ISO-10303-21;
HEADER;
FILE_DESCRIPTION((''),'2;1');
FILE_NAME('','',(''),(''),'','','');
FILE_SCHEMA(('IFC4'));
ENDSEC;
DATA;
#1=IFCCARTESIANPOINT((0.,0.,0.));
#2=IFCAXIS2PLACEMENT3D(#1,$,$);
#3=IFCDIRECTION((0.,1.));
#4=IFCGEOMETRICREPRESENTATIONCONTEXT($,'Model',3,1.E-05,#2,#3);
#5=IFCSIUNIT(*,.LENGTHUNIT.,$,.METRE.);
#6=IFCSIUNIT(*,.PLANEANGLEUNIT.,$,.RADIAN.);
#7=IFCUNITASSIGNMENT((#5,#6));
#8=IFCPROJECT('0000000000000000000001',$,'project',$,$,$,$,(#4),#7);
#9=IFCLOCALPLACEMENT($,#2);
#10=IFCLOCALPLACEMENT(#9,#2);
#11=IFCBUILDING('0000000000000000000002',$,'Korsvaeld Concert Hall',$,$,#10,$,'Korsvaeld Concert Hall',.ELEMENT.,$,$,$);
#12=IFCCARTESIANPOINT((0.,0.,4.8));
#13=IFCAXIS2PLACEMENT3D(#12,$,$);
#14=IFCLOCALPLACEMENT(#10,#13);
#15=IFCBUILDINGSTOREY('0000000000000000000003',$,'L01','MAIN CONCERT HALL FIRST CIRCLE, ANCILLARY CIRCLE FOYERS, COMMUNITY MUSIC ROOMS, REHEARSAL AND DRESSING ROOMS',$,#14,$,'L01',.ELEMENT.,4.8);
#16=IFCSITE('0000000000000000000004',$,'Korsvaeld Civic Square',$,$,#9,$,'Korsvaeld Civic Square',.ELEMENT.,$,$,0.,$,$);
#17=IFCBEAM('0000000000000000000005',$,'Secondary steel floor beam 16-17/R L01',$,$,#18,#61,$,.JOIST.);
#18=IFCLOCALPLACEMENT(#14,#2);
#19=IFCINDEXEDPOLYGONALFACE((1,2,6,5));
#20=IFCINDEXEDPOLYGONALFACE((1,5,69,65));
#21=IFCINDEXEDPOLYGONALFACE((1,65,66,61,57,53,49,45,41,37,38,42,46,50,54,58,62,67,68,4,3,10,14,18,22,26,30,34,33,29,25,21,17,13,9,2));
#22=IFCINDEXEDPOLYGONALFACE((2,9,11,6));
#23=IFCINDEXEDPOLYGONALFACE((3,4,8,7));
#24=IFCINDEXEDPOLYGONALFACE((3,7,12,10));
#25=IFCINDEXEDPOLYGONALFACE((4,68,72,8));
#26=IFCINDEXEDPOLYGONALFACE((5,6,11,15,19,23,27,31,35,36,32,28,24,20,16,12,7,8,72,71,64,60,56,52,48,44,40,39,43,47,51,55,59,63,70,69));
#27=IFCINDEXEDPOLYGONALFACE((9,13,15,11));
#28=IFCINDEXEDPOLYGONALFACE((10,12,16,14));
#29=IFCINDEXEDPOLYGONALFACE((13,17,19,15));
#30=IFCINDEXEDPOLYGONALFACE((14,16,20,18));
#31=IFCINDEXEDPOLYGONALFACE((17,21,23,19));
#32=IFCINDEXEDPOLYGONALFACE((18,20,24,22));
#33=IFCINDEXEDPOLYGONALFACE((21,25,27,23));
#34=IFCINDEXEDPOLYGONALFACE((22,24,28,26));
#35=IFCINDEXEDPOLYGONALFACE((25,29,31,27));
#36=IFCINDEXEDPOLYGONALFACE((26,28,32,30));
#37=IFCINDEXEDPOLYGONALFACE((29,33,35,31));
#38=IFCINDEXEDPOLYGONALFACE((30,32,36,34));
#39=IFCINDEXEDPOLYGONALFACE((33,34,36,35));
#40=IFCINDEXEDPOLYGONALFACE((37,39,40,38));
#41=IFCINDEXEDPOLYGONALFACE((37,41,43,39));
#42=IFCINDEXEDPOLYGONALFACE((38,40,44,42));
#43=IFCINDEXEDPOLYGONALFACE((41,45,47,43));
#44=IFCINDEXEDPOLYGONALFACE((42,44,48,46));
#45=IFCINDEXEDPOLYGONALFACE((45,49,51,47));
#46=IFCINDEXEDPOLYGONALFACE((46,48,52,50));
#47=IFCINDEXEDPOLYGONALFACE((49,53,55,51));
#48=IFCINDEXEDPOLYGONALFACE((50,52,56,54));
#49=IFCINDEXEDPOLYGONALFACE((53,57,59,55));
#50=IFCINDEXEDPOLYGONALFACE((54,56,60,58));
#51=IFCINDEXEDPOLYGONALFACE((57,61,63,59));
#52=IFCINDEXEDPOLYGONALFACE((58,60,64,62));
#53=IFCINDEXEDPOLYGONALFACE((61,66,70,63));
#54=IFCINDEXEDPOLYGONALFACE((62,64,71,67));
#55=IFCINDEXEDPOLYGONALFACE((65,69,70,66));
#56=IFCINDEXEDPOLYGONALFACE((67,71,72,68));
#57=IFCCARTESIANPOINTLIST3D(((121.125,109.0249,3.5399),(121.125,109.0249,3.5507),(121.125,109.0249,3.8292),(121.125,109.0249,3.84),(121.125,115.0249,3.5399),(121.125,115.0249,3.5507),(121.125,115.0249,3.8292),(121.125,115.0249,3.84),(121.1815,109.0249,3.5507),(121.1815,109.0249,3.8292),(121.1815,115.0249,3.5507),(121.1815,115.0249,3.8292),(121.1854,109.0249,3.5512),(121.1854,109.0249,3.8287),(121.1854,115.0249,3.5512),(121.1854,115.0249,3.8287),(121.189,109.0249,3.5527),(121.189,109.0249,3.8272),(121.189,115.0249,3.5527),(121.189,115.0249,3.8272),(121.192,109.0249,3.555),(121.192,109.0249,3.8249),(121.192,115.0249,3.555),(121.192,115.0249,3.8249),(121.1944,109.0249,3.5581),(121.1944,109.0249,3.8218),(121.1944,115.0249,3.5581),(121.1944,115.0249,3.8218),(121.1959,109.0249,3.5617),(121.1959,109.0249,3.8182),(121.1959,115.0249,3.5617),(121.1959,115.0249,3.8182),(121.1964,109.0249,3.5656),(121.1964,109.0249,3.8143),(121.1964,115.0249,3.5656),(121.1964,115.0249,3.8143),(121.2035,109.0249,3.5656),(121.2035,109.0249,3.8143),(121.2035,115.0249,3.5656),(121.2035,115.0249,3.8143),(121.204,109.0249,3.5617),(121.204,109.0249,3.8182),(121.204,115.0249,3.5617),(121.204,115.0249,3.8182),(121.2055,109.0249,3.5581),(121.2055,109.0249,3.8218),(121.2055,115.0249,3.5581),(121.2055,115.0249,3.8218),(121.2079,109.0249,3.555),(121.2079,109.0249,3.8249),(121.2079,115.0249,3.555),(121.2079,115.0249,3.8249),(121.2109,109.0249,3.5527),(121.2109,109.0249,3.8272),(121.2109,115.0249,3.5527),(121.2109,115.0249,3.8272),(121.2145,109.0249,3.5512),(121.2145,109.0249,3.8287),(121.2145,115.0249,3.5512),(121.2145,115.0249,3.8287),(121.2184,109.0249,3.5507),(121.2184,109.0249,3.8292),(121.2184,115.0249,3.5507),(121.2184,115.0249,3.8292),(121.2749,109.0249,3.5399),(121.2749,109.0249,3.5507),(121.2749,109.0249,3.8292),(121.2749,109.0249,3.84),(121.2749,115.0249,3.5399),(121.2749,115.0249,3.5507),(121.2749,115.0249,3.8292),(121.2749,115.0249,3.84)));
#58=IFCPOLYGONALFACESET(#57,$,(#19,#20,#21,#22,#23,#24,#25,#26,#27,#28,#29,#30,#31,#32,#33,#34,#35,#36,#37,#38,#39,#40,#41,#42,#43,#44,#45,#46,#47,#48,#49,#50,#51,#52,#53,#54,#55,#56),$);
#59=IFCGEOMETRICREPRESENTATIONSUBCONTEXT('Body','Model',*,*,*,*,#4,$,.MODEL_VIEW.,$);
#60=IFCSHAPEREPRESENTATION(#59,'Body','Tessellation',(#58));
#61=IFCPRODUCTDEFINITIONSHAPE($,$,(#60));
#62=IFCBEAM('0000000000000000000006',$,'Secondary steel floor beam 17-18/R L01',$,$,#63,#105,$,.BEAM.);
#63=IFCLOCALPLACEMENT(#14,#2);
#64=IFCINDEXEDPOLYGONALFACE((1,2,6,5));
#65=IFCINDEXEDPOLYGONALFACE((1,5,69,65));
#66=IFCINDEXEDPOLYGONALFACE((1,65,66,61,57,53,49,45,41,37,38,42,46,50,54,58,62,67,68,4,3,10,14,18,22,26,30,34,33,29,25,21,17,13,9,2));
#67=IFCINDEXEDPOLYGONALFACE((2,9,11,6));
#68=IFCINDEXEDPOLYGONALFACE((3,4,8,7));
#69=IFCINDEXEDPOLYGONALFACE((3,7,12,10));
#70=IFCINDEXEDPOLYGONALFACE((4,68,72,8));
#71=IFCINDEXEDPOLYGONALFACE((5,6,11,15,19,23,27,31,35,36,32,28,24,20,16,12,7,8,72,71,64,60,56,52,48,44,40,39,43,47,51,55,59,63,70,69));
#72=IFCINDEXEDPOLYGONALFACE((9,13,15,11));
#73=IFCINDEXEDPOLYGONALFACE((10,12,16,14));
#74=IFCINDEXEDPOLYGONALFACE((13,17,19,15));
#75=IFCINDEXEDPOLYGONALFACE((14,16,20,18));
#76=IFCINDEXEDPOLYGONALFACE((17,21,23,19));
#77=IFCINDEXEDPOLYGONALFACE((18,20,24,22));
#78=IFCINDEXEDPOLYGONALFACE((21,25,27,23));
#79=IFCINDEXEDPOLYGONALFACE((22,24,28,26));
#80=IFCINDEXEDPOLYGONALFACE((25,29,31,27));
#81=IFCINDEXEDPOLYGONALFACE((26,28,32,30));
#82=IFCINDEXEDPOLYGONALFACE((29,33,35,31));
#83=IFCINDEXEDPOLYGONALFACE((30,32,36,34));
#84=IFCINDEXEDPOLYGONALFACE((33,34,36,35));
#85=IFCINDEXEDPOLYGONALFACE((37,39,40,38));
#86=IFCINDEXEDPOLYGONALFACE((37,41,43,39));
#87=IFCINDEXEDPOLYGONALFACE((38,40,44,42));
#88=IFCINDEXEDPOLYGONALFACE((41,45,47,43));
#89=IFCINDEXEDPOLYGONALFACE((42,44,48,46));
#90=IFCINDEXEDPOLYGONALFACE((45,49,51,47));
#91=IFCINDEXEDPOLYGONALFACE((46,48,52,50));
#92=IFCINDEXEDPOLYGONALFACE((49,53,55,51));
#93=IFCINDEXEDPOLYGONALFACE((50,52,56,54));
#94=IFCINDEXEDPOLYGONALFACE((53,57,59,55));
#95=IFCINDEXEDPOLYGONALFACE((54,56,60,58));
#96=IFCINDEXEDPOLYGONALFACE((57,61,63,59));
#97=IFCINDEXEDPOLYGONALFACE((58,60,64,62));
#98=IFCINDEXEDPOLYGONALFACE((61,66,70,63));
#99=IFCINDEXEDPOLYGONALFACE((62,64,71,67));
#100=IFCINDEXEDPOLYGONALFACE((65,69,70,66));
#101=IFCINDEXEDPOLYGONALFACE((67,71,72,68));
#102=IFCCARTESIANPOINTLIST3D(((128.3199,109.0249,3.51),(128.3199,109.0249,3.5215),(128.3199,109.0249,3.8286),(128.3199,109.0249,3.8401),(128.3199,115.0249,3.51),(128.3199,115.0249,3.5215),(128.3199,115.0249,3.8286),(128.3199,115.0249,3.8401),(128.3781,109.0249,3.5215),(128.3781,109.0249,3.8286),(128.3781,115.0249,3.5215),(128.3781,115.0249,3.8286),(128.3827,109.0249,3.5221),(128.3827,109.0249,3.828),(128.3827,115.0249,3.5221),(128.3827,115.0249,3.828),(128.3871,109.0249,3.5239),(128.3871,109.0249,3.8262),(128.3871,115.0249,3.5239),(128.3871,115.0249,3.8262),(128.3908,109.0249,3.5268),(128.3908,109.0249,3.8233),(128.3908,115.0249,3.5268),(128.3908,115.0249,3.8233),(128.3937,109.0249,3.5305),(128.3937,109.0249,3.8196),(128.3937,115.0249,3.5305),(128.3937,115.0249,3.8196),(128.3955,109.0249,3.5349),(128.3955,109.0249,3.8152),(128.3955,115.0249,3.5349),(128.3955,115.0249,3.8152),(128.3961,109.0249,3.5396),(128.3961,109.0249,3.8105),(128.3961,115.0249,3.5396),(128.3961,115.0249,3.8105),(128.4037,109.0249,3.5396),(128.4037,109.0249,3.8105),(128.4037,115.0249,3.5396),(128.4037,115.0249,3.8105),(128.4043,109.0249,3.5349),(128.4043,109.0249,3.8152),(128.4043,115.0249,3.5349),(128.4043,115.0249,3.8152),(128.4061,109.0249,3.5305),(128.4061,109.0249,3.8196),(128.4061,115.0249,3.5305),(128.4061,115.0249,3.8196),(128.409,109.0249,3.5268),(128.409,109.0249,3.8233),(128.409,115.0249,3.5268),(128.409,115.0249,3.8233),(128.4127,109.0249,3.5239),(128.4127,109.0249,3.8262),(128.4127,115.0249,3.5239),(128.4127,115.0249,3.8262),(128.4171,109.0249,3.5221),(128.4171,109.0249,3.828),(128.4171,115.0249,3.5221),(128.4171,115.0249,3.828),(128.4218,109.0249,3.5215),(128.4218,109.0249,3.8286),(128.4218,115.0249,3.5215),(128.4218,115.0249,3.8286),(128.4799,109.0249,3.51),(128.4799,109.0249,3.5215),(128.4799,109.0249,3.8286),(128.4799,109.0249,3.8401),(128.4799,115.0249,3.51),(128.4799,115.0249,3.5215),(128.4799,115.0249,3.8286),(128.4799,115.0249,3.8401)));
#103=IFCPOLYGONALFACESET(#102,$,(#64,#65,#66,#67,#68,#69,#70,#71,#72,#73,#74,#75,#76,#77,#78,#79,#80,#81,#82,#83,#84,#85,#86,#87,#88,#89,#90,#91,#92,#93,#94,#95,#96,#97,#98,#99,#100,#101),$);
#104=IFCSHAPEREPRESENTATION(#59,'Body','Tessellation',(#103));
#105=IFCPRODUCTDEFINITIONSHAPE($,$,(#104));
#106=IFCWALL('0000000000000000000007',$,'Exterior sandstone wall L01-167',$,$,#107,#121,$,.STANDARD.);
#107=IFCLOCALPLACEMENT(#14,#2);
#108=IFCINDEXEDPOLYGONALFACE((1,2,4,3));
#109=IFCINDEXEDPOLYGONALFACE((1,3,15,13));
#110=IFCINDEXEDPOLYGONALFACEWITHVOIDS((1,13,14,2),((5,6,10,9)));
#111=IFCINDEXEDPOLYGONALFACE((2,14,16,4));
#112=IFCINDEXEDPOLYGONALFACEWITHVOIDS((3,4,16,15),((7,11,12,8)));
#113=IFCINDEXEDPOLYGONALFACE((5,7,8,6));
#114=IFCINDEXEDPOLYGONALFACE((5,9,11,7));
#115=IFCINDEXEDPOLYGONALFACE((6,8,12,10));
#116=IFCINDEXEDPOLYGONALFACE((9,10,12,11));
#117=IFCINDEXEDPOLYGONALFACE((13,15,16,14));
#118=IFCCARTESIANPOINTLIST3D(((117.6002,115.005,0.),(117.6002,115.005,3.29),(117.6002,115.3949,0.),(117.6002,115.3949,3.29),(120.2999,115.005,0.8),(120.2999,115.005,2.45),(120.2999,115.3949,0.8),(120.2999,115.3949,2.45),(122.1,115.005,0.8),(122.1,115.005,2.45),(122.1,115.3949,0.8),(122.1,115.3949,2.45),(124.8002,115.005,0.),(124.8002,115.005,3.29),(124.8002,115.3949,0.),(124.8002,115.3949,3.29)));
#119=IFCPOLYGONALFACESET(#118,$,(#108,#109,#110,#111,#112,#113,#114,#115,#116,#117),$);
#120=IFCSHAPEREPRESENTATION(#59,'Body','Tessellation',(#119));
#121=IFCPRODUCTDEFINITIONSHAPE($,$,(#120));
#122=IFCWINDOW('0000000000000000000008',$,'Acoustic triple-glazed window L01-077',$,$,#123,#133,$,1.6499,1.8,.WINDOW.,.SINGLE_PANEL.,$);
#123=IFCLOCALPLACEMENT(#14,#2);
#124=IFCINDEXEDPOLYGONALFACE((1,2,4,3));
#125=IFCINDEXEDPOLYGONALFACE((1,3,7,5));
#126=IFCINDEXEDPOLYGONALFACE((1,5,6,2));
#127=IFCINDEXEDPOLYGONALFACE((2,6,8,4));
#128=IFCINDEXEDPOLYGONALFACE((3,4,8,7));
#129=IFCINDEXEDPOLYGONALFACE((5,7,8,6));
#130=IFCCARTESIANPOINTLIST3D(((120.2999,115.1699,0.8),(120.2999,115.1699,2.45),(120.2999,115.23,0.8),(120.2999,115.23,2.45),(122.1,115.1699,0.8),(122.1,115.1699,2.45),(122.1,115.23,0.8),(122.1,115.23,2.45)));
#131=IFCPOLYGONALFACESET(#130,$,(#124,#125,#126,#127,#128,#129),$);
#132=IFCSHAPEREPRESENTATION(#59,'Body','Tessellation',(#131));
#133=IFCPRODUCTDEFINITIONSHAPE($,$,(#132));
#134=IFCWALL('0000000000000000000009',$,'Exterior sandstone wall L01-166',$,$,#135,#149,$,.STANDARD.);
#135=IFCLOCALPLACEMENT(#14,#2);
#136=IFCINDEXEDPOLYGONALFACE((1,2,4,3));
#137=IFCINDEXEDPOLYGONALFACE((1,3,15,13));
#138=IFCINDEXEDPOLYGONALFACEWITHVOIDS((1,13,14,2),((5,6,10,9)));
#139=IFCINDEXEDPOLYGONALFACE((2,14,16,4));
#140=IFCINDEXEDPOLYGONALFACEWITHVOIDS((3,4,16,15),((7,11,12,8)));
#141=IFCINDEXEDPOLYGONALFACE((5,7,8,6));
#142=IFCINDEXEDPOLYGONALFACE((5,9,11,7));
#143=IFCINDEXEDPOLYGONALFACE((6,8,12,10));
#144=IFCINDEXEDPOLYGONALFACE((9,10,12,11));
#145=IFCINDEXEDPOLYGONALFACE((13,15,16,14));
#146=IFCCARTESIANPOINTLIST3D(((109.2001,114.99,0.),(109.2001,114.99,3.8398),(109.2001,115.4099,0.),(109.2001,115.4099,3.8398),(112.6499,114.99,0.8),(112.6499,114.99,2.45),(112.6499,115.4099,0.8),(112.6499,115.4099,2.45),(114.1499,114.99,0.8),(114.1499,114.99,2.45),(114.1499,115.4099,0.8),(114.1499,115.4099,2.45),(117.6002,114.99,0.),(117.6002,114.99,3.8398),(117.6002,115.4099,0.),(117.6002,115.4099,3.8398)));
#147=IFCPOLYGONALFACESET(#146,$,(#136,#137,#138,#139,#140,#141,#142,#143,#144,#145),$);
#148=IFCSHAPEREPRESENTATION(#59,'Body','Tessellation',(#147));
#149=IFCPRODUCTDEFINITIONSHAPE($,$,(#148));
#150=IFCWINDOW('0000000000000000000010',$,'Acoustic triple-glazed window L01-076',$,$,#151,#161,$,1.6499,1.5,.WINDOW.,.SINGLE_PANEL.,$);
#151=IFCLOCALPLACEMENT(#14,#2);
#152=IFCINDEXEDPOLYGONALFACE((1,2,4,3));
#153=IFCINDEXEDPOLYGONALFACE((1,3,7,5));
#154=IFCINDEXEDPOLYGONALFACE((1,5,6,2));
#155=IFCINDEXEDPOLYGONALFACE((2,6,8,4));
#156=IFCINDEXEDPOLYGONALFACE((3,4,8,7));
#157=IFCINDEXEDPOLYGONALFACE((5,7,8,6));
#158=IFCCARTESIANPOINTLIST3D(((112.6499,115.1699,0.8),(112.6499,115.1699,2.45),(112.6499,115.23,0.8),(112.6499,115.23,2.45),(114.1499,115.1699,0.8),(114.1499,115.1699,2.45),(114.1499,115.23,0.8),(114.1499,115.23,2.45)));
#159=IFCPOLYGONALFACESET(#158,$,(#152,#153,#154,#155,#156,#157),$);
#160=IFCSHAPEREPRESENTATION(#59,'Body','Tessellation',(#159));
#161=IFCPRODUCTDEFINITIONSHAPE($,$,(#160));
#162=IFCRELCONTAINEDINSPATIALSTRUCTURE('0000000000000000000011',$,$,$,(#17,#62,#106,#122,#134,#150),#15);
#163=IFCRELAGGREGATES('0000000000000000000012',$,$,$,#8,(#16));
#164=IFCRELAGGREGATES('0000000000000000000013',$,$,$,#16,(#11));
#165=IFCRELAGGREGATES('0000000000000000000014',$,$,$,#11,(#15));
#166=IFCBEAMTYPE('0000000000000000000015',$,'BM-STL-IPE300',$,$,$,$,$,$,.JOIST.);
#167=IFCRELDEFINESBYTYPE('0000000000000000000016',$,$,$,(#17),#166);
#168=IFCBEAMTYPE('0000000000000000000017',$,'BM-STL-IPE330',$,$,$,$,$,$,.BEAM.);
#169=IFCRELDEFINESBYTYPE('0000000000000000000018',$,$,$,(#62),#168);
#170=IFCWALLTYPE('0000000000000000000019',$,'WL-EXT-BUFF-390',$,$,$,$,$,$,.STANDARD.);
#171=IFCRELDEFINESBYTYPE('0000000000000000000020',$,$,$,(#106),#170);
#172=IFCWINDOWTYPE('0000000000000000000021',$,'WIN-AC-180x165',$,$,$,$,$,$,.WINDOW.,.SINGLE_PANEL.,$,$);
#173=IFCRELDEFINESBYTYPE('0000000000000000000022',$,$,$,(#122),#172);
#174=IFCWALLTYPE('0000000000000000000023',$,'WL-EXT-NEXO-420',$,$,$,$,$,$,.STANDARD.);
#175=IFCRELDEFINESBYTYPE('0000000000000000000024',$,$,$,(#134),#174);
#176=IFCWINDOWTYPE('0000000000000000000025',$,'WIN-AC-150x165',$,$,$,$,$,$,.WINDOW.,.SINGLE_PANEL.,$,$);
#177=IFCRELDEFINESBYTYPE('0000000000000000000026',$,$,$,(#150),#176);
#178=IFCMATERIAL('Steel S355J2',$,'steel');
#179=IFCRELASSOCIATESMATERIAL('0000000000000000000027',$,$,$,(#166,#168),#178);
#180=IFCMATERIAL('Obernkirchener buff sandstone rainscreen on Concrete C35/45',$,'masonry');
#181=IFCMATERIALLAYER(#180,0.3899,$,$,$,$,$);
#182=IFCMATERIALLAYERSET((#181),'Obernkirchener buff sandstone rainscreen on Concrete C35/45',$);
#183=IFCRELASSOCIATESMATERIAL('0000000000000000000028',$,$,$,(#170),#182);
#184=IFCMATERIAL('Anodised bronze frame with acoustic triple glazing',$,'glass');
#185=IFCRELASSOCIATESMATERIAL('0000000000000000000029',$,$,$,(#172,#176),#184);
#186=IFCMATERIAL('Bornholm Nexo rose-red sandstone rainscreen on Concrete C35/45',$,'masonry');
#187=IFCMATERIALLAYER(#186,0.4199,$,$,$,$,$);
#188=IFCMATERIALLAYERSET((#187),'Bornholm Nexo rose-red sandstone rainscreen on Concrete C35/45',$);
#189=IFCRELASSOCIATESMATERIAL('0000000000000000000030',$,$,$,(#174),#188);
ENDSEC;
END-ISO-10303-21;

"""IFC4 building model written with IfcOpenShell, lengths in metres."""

from ifc_helpers import new_model, si_unit, direction, frame, frame_2d, origin, origin_2d, place, context, subcontext, project, spatial, rectangle, i_section, extrude, material, layer, layer_set, material_profile, profile_set, type_object, element, fill, save


model = new_model("IFC4")

# Units and contexts
model_context = context("Model", 3, precision=1e-05, world=origin(), true_north=direction((0.0, 1.0)))
body_context = subcontext(model_context, "Body", "Model", "MODEL_VIEW")
ifc_project = project(units=[si_unit("LENGTHUNIT", "METRE"), si_unit("PLANEANGLEUNIT", "RADIAN")], contexts=[model_context])

# Site, building, storey
site_placement = place(None, origin())
site = spatial("IfcSite", under=ifc_project, at=site_placement, Name="Korsvaeld Civic Square", LongName="Korsvaeld Civic Square", CompositionType="ELEMENT", RefElevation=0.0)
building_placement = place(site_placement, origin())
building = spatial("IfcBuilding", under=site, at=building_placement, Name="Korsvaeld Concert Hall", LongName="Korsvaeld Concert Hall", CompositionType="ELEMENT")
storey_placement = place(building_placement, frame((0.0, 0.0, 4.8)))
storey = spatial("IfcBuildingStorey", under=building, at=storey_placement, Name="L01", Description="MAIN CONCERT HALL FIRST CIRCLE, ANCILLARY CIRCLE FOYERS, COMMUNITY MUSIC ROOMS, REHEARSAL AND DRESSING ROOMS", LongName="L01", CompositionType="ELEMENT", Elevation=4.8)

# Beams
ifc_material_1 = material(Name="Steel S355J2", Category="steel")
ifc_material_profile_1 = material_profile(ifc_material_1, i_section(OverallWidth=0.1499, OverallDepth=0.3, WebThickness=0.0071, FlangeThickness=0.0107, FilletRadius=0.0149, at=origin_2d()), Name="IPE 300")
ifc_profile_set_1 = profile_set([ifc_material_profile_1], Name="Steel S355J2")
beam_type_1 = type_object("IfcBeamType", Name="BM-STL-IPE300", PredefinedType="JOIST", material=ifc_profile_set_1)
beam_1_placement = place(storey_placement, frame((121.2, 109.0249, 3.6899), z_axis=(0.0, 1.0, 0.0), x_axis=(-1.0, 0.0, 0.0)))
element("IfcBeam", 1, at=beam_1_placement, inside=storey, type_object=beam_type_1, Name="Secondary steel floor beam 16-17/R L01", PredefinedType="JOIST", context=body_context, shape_type="SweptSolid", body=[
    extrude(i_section(OverallWidth=0.1499, OverallDepth=0.3, WebThickness=0.0071, FlangeThickness=0.0107, FilletRadius=0.0149, at=origin_2d()), origin(), (0.0, 0.0, 1.0), 6.0),
])
ifc_material_profile_2 = material_profile(ifc_material_1, i_section(OverallWidth=0.1599, OverallDepth=0.3301, WebThickness=0.0076, FlangeThickness=0.0115, FilletRadius=0.0181, at=origin_2d()), Name="IPE 330")
ifc_profile_set_2 = profile_set([ifc_material_profile_2], Name="Steel S355J2")
beam_type_2 = type_object("IfcBeamType", Name="BM-STL-IPE330", PredefinedType="BEAM", material=ifc_profile_set_2)
beam_2_placement = place(storey_placement, frame((128.3999, 109.0249, 3.675), z_axis=(0.0, 1.0, 0.0), x_axis=(-1.0, 0.0, 0.0)))
element("IfcBeam", 2, at=beam_2_placement, inside=storey, type_object=beam_type_2, Name="Secondary steel floor beam 17-18/R L01", PredefinedType="BEAM", context=body_context, shape_type="SweptSolid", body=[
    extrude(i_section(OverallWidth=0.1599, OverallDepth=0.3301, WebThickness=0.0076, FlangeThickness=0.0115, FilletRadius=0.0181, at=origin_2d()), origin(), (0.0, 0.0, 1.0), 6.0),
])

# Walls, openings, windows
ifc_material_2 = material(Name="Obernkirchener buff sandstone rainscreen on Concrete C35/45", Category="masonry")
ifc_layer_1 = layer(ifc_material_2, 0.3899)
ifc_layer_set_1 = layer_set([ifc_layer_1], Name="Obernkirchener buff sandstone rainscreen on Concrete C35/45")
wall_type_1 = type_object("IfcWallType", Name="WL-EXT-BUFF-390", PredefinedType="STANDARD", material=ifc_layer_set_1)
wall_1_placement = place(storey_placement, frame((117.6001, 115.2, 0.0), z_axis=(0.0, 0.0, 1.0), x_axis=(1.0, 0.0, 0.0)))
wall_1 = element("IfcWall", 3, at=wall_1_placement, inside=storey, type_object=wall_type_1, Name="Exterior sandstone wall L01-167", PredefinedType="STANDARD", context=body_context, shape_type="SweptSolid", body=[
    extrude(rectangle(XDim=7.2, YDim=0.3899, at=frame_2d((3.6001, 0.0))), origin(), (0.0, 0.0, 1.0), 3.29),
])
opening_1_placement = place(wall_1_placement, frame((2.7, 0.0, 0.8)))
opening_1 = element("IfcOpeningElement", 4, at=opening_1_placement, cuts=wall_1, PredefinedType="OPENING", context=body_context, shape_type="SweptSolid", body=[
    extrude(rectangle(XDim=1.8, YDim=1.6499, at=frame_2d((0.8999, 0.825))), frame((0.0, 0.2051, 0.0), z_axis=(0.0, -1.0, 0.0), x_axis=(1.0, 0.0, 0.0)), (0.0, 0.0, 1.0), 0.4099),
])
ifc_material_3 = material(Name="Anodised bronze frame with acoustic triple glazing", Category="glass")
window_type_1 = type_object("IfcWindowType", Name="WIN-AC-180x165", PartitioningType="SINGLE_PANEL", PredefinedType="WINDOW", material=ifc_material_3)
window_1_placement = place(opening_1_placement, origin())
window_1 = element("IfcWindow", 5, at=window_1_placement, inside=storey, type_object=window_type_1, Name="Acoustic triple-glazed window L01-077", OverallHeight=1.6499, OverallWidth=1.8, PartitioningType="SINGLE_PANEL", PredefinedType="WINDOW", context=body_context, shape_type="SweptSolid", body=[
    extrude(rectangle(XDim=1.8, YDim=1.6499, at=frame_2d((0.8999, 0.825))), frame((0.0, 0.03, 0.0), z_axis=(0.0, -1.0, 0.0), x_axis=(1.0, 0.0, 0.0)), (0.0, 0.0, 1.0), 0.0601),
])
fill(opening_1, window_1)
ifc_material_4 = material(Name="Bornholm Nexo rose-red sandstone rainscreen on Concrete C35/45", Category="masonry")
ifc_layer_2 = layer(ifc_material_4, 0.4199)
ifc_layer_set_2 = layer_set([ifc_layer_2], Name="Bornholm Nexo rose-red sandstone rainscreen on Concrete C35/45")
wall_type_2 = type_object("IfcWallType", Name="WL-EXT-NEXO-420", PredefinedType="STANDARD", material=ifc_layer_set_2)
wall_2_placement = place(storey_placement, frame((109.2, 115.2, 0.0), z_axis=(0.0, 0.0, 1.0), x_axis=(1.0, 0.0, 0.0)))
wall_2 = element("IfcWall", 6, at=wall_2_placement, inside=storey, type_object=wall_type_2, Name="Exterior sandstone wall L01-166", PredefinedType="STANDARD", context=body_context, shape_type="SweptSolid", body=[
    extrude(rectangle(XDim=8.4001, YDim=0.4199, at=frame_2d((4.2002, 0.0))), origin(), (0.0, 0.0, 1.0), 3.8398),
])
opening_2_placement = place(wall_2_placement, frame((3.45, 0.0, 0.8)))
opening_2 = element("IfcOpeningElement", 7, at=opening_2_placement, cuts=wall_2, PredefinedType="OPENING", context=body_context, shape_type="SweptSolid", body=[
    extrude(rectangle(XDim=1.5, YDim=1.6499, at=frame_2d((0.75, 0.825))), frame((0.0, 0.22, 0.0), z_axis=(0.0, -1.0, 0.0), x_axis=(1.0, 0.0, 0.0)), (0.0, 0.0, 1.0), 0.4399),
])
window_type_2 = type_object("IfcWindowType", Name="WIN-AC-150x165", PartitioningType="SINGLE_PANEL", PredefinedType="WINDOW", material=ifc_material_3)
window_2_placement = place(opening_2_placement, origin())
window_2 = element("IfcWindow", 8, at=window_2_placement, inside=storey, type_object=window_type_2, Name="Acoustic triple-glazed window L01-076", OverallHeight=1.6499, OverallWidth=1.5, PartitioningType="SINGLE_PANEL", PredefinedType="WINDOW", context=body_context, shape_type="SweptSolid", body=[
    extrude(rectangle(XDim=1.5, YDim=1.6499, at=frame_2d((0.75, 0.825))), frame((0.0, 0.03, 0.0), z_axis=(0.0, -1.0, 0.0), x_axis=(1.0, 0.0, 0.0)), (0.0, 0.0, 1.0), 0.0601),
])
fill(opening_2, window_2)

save(model, "model.ifc")
